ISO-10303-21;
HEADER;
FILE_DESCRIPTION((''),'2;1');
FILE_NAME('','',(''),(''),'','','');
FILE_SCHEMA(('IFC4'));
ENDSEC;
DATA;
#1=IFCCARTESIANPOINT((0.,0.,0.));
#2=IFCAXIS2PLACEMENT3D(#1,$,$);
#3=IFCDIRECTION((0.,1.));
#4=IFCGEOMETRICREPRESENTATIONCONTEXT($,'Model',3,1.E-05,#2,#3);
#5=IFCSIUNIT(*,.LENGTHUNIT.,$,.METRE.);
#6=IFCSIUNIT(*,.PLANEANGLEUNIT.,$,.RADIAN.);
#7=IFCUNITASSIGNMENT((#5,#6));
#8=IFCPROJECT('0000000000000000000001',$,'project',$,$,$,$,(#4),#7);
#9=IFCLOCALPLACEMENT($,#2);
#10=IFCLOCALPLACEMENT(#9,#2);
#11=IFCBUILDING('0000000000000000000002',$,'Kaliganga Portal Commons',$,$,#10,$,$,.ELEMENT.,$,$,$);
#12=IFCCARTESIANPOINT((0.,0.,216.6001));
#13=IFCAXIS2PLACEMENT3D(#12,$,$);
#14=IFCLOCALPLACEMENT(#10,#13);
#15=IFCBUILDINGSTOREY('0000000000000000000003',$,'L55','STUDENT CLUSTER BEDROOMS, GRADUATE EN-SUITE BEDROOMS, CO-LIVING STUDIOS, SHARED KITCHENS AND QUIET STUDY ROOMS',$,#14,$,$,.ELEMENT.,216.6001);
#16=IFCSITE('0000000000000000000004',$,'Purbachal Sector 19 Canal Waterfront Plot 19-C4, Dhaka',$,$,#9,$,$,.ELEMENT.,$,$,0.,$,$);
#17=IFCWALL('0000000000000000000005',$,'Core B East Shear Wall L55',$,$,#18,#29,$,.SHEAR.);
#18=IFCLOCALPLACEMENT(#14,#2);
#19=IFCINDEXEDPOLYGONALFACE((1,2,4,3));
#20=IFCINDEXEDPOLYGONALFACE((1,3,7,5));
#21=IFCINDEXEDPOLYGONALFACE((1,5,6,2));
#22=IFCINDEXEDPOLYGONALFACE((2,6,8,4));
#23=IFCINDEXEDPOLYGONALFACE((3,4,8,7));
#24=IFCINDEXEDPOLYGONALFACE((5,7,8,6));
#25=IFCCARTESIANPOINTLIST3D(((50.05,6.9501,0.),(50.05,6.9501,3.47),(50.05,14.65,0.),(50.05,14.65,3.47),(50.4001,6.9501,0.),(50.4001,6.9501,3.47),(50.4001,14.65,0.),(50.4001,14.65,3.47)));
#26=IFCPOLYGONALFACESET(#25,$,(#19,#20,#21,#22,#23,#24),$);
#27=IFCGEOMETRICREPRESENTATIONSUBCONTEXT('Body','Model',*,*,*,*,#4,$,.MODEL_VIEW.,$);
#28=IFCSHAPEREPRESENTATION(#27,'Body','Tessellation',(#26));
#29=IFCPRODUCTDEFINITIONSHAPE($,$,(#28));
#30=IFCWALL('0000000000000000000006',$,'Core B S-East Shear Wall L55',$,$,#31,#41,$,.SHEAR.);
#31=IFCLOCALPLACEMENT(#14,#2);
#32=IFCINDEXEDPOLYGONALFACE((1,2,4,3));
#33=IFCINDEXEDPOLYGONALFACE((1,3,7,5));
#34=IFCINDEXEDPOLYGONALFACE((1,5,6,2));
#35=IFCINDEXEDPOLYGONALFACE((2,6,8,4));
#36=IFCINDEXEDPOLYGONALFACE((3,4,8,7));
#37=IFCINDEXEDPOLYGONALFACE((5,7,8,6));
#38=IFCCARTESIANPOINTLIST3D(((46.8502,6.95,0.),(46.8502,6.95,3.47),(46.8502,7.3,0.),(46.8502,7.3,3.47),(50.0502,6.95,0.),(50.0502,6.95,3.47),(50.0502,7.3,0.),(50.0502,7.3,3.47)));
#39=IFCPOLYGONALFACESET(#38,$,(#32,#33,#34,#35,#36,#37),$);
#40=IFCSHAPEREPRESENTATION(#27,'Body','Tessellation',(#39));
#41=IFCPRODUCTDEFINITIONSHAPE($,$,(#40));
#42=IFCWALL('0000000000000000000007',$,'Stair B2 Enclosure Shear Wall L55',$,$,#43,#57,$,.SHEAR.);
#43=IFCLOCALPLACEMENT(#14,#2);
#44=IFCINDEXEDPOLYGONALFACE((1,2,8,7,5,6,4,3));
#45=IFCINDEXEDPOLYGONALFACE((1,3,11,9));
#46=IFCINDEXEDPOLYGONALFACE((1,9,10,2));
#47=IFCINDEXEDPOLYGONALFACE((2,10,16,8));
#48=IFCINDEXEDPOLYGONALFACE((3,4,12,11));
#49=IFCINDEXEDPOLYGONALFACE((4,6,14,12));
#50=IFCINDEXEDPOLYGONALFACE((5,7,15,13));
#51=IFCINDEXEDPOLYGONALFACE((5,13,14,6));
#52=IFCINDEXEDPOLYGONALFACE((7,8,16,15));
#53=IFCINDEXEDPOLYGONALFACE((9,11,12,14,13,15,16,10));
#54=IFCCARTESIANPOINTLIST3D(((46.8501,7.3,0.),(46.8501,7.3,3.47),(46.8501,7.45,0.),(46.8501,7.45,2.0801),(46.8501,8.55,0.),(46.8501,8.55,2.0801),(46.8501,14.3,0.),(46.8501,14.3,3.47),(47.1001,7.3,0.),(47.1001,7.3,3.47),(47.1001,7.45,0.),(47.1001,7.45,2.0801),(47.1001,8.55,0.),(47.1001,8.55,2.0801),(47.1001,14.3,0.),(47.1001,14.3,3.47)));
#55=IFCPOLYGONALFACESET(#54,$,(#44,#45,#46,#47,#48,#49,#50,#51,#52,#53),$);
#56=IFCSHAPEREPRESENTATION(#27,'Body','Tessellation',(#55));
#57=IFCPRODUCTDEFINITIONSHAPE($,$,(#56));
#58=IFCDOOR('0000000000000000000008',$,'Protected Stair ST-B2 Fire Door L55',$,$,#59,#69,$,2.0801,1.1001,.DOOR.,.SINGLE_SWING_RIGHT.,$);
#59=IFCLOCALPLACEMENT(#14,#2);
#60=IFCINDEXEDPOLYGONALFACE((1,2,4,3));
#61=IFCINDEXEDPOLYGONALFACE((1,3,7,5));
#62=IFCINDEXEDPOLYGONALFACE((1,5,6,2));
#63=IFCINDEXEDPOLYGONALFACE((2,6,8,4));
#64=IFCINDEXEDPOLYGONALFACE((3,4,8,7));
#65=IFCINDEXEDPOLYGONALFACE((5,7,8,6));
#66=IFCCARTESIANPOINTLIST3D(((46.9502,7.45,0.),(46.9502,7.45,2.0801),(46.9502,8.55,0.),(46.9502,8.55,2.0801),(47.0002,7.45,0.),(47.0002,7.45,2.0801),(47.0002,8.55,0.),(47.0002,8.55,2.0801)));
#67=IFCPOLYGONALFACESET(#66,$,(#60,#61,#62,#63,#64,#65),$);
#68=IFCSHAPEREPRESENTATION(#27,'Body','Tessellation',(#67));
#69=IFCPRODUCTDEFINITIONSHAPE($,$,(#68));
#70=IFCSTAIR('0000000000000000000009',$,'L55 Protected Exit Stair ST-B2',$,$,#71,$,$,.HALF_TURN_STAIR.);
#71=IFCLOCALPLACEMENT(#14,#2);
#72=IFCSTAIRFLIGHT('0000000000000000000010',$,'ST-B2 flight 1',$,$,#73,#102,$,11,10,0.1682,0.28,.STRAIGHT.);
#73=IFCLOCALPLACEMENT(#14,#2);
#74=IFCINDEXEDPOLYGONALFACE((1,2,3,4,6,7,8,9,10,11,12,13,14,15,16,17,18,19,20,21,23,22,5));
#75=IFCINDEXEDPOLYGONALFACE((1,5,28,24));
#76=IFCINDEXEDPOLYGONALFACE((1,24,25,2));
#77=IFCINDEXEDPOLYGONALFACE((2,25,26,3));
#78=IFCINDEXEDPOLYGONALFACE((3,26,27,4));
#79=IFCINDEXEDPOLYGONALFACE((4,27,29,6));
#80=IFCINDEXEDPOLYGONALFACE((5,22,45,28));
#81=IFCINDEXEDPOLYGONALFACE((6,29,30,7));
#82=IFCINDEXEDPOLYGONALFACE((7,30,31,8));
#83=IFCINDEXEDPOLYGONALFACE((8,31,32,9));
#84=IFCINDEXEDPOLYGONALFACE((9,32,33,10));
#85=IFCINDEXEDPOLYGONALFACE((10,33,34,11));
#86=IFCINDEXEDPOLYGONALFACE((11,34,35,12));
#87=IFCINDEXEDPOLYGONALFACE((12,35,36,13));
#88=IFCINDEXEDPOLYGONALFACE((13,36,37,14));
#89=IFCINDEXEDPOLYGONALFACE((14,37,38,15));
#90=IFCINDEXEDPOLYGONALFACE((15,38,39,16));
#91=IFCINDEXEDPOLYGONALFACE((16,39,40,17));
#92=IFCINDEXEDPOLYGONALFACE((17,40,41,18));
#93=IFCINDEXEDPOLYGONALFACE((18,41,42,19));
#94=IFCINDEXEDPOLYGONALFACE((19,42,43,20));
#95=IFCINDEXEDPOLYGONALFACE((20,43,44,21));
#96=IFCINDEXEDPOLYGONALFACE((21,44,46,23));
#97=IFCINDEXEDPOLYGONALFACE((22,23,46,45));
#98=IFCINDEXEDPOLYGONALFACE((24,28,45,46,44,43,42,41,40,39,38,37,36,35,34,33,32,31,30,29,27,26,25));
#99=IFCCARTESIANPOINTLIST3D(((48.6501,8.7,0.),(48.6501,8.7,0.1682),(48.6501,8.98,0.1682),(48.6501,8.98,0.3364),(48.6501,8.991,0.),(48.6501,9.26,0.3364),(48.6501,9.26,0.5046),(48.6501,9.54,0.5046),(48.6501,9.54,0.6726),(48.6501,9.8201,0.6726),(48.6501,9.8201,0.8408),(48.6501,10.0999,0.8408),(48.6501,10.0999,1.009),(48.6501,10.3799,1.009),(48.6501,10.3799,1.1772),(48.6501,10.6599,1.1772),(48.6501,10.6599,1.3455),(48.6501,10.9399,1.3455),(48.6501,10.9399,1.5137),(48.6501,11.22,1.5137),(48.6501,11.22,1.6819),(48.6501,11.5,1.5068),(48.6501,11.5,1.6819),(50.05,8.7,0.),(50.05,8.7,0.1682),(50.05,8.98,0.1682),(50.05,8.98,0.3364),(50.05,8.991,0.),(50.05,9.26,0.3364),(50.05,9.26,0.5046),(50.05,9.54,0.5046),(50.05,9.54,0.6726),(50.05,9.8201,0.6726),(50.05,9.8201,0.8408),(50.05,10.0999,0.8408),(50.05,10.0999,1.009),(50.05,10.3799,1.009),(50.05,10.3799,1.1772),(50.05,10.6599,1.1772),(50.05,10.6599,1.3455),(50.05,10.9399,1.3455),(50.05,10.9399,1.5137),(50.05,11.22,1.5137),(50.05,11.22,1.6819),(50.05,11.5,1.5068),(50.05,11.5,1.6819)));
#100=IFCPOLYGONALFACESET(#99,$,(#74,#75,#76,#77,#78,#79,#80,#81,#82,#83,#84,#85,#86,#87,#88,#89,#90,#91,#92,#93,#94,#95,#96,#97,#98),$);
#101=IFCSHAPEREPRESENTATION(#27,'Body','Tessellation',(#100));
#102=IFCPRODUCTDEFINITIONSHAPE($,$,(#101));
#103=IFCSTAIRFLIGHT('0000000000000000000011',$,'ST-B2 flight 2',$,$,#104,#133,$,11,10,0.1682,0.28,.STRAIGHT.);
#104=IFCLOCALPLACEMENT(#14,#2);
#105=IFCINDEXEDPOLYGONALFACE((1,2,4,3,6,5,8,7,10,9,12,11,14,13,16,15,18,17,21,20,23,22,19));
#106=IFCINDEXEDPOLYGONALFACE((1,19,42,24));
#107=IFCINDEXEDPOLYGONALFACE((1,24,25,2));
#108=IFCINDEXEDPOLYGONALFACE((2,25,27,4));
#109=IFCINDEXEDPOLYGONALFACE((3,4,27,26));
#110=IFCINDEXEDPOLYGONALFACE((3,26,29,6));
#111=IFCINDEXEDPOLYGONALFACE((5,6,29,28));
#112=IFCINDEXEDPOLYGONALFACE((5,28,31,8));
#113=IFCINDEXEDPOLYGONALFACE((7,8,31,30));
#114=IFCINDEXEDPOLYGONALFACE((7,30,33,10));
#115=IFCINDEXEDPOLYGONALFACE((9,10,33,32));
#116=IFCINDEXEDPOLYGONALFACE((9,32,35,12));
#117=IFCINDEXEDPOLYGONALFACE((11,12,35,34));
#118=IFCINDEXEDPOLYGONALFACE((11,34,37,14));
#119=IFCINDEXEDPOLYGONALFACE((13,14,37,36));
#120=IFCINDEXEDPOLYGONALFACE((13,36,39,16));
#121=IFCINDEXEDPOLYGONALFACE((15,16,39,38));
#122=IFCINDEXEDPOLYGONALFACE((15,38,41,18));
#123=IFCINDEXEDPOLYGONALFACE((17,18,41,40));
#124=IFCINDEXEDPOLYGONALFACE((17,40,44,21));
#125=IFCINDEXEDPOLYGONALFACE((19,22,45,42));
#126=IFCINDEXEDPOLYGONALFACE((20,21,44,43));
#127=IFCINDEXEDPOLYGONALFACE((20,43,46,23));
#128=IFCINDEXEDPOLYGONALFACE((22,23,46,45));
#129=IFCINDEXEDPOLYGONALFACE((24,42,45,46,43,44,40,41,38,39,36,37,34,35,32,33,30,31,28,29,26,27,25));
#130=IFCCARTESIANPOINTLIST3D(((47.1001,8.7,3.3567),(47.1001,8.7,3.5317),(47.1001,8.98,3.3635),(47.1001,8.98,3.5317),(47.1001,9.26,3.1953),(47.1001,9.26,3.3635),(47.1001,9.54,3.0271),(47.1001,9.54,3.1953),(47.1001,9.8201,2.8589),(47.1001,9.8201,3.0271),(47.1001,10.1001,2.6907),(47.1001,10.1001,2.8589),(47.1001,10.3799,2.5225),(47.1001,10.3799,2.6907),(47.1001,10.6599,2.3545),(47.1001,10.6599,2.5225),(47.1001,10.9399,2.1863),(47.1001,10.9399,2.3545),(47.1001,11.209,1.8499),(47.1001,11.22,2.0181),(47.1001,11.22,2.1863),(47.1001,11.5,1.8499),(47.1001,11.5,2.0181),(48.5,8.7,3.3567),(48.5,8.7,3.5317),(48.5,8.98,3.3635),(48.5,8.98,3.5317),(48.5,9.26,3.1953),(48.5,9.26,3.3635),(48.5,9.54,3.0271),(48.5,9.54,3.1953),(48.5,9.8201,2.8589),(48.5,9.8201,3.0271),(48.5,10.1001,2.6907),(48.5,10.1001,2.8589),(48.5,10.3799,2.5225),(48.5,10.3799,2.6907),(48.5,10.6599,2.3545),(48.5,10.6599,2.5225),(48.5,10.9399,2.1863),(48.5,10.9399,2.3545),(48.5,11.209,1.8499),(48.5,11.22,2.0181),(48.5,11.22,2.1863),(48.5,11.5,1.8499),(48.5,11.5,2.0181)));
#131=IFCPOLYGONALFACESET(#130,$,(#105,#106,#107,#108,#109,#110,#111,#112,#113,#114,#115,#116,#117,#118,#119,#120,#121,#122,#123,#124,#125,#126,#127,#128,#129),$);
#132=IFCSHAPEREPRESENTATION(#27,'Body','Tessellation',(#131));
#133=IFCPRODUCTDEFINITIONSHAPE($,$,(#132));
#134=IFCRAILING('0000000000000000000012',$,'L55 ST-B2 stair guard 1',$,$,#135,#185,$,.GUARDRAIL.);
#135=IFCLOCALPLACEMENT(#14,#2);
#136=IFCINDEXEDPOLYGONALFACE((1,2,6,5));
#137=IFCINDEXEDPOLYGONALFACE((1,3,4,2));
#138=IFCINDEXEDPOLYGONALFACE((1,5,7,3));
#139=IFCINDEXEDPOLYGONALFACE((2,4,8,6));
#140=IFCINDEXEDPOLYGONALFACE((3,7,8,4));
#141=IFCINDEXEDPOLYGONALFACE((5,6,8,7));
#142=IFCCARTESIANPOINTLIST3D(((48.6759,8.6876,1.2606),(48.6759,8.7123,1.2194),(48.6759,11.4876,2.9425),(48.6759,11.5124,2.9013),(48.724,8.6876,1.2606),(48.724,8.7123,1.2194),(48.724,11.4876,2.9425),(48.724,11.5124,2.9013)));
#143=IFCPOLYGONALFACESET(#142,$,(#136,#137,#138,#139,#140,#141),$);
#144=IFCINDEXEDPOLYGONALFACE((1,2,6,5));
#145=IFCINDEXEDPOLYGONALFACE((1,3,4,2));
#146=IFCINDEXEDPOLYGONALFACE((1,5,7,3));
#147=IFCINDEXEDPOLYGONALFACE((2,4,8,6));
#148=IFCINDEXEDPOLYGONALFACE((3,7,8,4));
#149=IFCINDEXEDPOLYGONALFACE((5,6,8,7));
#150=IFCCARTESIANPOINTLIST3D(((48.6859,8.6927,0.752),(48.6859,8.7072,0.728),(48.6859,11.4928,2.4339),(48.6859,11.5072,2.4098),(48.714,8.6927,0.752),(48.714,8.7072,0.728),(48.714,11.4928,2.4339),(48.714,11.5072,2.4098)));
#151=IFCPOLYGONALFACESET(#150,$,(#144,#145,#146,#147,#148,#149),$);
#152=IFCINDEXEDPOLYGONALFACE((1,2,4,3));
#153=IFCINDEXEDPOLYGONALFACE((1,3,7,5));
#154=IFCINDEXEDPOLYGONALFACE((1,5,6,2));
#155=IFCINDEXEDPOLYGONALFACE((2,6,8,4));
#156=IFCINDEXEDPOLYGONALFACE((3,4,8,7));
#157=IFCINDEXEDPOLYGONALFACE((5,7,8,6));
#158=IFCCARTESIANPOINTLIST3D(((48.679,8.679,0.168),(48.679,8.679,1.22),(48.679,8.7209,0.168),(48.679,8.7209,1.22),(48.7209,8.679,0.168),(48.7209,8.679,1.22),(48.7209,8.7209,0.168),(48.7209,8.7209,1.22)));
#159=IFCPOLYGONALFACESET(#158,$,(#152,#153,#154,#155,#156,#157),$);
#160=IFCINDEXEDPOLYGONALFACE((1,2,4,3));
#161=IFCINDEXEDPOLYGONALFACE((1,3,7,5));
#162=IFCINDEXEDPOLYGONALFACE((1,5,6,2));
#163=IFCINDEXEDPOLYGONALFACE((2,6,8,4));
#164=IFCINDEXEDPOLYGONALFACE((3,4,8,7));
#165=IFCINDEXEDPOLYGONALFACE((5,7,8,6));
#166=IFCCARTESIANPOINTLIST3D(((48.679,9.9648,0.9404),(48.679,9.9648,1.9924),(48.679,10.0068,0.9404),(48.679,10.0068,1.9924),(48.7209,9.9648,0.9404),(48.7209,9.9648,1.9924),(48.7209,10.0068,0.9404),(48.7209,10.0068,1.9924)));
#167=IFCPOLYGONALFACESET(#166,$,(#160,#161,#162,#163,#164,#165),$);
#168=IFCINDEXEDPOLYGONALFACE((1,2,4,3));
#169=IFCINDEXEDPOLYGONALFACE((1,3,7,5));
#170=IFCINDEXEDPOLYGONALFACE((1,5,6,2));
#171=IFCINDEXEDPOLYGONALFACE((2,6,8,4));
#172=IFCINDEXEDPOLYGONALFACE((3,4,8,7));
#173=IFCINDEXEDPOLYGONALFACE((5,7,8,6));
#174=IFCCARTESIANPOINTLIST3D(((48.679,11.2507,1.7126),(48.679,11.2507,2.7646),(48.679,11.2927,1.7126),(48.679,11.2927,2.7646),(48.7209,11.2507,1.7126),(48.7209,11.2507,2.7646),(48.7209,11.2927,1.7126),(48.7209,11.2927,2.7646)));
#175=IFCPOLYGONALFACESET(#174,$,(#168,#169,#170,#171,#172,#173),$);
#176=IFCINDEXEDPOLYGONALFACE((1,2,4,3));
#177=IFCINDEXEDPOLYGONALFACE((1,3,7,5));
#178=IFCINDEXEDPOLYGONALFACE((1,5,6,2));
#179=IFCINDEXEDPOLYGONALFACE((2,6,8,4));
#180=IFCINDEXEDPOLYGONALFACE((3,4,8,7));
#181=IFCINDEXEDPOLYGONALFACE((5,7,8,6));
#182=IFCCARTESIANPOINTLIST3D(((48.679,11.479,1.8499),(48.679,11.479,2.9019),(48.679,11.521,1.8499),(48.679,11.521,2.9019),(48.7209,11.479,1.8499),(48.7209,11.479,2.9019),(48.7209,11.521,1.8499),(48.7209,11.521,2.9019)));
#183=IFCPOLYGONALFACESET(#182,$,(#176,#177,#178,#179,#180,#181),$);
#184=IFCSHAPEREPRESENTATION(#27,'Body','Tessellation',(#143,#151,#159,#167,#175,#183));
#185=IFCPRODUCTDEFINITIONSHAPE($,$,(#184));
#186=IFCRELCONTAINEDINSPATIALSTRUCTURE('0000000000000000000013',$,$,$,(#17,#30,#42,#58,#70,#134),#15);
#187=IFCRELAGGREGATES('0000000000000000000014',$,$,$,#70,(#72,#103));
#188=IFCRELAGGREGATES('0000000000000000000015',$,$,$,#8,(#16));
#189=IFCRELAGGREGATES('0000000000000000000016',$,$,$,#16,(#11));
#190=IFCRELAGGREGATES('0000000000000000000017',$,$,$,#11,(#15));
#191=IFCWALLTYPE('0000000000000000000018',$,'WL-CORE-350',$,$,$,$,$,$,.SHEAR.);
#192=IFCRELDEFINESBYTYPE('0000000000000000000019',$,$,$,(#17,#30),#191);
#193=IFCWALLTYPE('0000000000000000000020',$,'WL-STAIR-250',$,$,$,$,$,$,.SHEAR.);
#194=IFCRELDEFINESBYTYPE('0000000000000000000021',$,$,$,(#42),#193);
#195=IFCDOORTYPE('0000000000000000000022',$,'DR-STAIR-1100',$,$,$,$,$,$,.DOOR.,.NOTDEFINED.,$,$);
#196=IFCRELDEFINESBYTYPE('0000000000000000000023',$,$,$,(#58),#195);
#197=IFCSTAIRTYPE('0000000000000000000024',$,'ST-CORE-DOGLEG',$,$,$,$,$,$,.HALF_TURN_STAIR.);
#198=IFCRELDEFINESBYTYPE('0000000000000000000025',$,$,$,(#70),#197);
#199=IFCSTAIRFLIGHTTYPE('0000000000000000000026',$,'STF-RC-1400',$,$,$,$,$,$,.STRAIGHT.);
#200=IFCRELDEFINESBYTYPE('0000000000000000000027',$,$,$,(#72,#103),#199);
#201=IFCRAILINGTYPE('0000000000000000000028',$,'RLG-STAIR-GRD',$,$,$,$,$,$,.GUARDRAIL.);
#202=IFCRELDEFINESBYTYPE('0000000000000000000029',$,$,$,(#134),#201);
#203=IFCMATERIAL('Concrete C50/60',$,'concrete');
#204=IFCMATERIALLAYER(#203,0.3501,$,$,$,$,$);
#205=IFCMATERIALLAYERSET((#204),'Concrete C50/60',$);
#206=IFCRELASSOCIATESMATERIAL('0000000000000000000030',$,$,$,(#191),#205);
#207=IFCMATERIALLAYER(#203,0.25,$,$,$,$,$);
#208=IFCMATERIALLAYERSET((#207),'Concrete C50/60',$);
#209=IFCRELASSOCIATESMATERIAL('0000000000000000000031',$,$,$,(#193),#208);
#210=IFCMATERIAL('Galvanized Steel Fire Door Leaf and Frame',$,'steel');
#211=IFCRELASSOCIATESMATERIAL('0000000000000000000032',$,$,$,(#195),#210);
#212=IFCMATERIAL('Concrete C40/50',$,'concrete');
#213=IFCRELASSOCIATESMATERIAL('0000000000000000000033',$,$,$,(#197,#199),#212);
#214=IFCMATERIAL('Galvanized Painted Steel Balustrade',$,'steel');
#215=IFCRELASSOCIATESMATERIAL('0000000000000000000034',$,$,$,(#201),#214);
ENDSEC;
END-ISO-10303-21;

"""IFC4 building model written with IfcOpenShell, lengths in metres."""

from ifc_helpers import new_model, si_unit, direction, frame, frame_2d, origin, origin_2d, place, context, subcontext, project, spatial, polyline, rectangle, outline, extrude, material, layer, layer_set, type_object, element, fill, aggregate, save


model = new_model("IFC4")

# Units and contexts
model_context = context("Model", 3, precision=1e-05, world=origin(), true_north=direction((0.0, 1.0)))
body_context = subcontext(model_context, "Body", "Model", "MODEL_VIEW")
ifc_project = project(units=[si_unit("LENGTHUNIT", "METRE"), si_unit("PLANEANGLEUNIT", "RADIAN")], contexts=[model_context])

# Site, building, storey
site_placement = place(None, origin())
site = spatial("IfcSite", under=ifc_project, at=site_placement, Name="Purbachal Sector 19 Canal Waterfront Plot 19-C4, Dhaka", CompositionType="ELEMENT", RefElevation=0.0)
building_placement = place(site_placement, origin())
building = spatial("IfcBuilding", under=site, at=building_placement, Name="Kaliganga Portal Commons", CompositionType="ELEMENT")
storey_placement = place(building_placement, frame((0.0, 0.0, 216.6001)))
storey = spatial("IfcBuildingStorey", under=building, at=storey_placement, Name="L55", Description="STUDENT CLUSTER BEDROOMS, GRADUATE EN-SUITE BEDROOMS, CO-LIVING STUDIOS, SHARED KITCHENS AND QUIET STUDY ROOMS", CompositionType="ELEMENT", Elevation=216.6001)

# Walls
ifc_material_1 = material(Name="Concrete C50/60", Category="concrete")
ifc_layer_1 = layer(ifc_material_1, 0.3501)
ifc_layer_set_1 = layer_set([ifc_layer_1], Name="Concrete C50/60")
wall_type_1 = type_object("IfcWallType", Name="WL-CORE-350", PredefinedType="SHEAR", material=ifc_layer_set_1)
wall_1_placement = place(storey_placement, frame((50.2251, 6.95, 0.0), z_axis=(0.0, 0.0, 1.0), x_axis=(0.0, 1.0, 0.0)))
element("IfcWall", 1, at=wall_1_placement, inside=storey, type_object=wall_type_1, Name="Core B East Shear Wall L55", PredefinedType="SHEAR", context=body_context, shape_type="SweptSolid", body=[
    extrude(rectangle(XDim=7.7, YDim=0.3501, at=frame_2d((3.8501, 0.0))), origin(), (0.0, 0.0, 1.0), 3.47),
])
wall_2_placement = place(storey_placement, frame((46.8501, 7.125, 0.0), z_axis=(0.0, 0.0, 1.0), x_axis=(1.0, 0.0, 0.0)))
element("IfcWall", 2, at=wall_2_placement, inside=storey, type_object=wall_type_1, Name="Core B S-East Shear Wall L55", PredefinedType="SHEAR", context=body_context, shape_type="SweptSolid", body=[
    extrude(rectangle(XDim=3.2, YDim=0.3501, at=frame_2d((1.6001, 0.0))), origin(), (0.0, 0.0, 1.0), 3.47),
])

# Wall, opening, door
ifc_layer_2 = layer(ifc_material_1, 0.25)
ifc_layer_set_2 = layer_set([ifc_layer_2], Name="Concrete C50/60")
wall_type_2 = type_object("IfcWallType", Name="WL-STAIR-250", PredefinedType="SHEAR", material=ifc_layer_set_2)
wall_3_placement = place(storey_placement, frame((46.9751, 7.3, 0.0), z_axis=(0.0, 0.0, 1.0), x_axis=(0.0, 1.0, 0.0)))
wall_3 = element("IfcWall", 3, at=wall_3_placement, inside=storey, type_object=wall_type_2, Name="Stair B2 Enclosure Shear Wall L55", PredefinedType="SHEAR", context=body_context, shape_type="SweptSolid", body=[
    extrude(rectangle(XDim=7.0, YDim=0.25, at=frame_2d((3.5, 0.0))), origin(), (0.0, 0.0, 1.0), 3.47),
])
opening_placement = place(wall_3_placement, frame((0.1499, 0.0, 0.0)))
opening = element("IfcOpeningElement", 4, at=opening_placement, cuts=wall_3, PredefinedType="OPENING", context=body_context, shape_type="SweptSolid", body=[
    extrude(rectangle(XDim=1.1001, YDim=2.0801, at=frame_2d((0.55, 1.04))), frame((0.0, 0.135, 0.0), z_axis=(0.0, -1.0, 0.0), x_axis=(1.0, 0.0, 0.0)), (0.0, 0.0, 1.0), 0.27),
])
ifc_material_2 = material(Name="Galvanized Steel Fire Door Leaf and Frame", Category="steel")
door_type = type_object("IfcDoorType", Name="DR-STAIR-1100", OperationType="NOTDEFINED", PredefinedType="DOOR", material=ifc_material_2)
door_placement = place(opening_placement, origin())
door = element("IfcDoor", 5, at=door_placement, inside=storey, type_object=door_type, Name="Protected Stair ST-B2 Fire Door L55", OperationType="SINGLE_SWING_RIGHT", OverallHeight=2.0801, OverallWidth=1.1001, PredefinedType="DOOR", context=body_context, shape_type="SweptSolid", body=[
    extrude(rectangle(XDim=1.1001, YDim=2.0801, at=frame_2d((0.55, 1.04))), frame((0.0, 0.0249, 0.0), z_axis=(0.0, -1.0, 0.0), x_axis=(1.0, 0.0, 0.0)), (0.0, 0.0, 1.0), 0.05),
])
fill(opening, door)

# Stair, stair flights
ifc_material_3 = material(Name="Concrete C40/50", Category="concrete")
stair_type = type_object("IfcStairType", Name="ST-CORE-DOGLEG", PredefinedType="HALF_TURN_STAIR", material=ifc_material_3)
stair_placement = place(storey_placement, origin())
stair = element("IfcStair", 6, at=stair_placement, inside=storey, type_object=stair_type, Name="L55 Protected Exit Stair ST-B2", PredefinedType="HALF_TURN_STAIR")
stair_flight_type = type_object("IfcStairFlightType", Name="STF-RC-1400", PredefinedType="STRAIGHT", material=ifc_material_3)
stair_flight_1_placement = place(storey_placement, frame((49.3501, 8.7, 0.0), z_axis=(0.0, 0.0, 1.0), x_axis=(0.0, 1.0, 0.0)))
stair_flight_1 = element("IfcStairFlight", 7, at=stair_flight_1_placement, type_object=stair_flight_type, Name="ST-B2 flight 1", NumberOfRisers=11, NumberOfTreads=10, PredefinedType="STRAIGHT", RiserHeight=0.1682, TreadLength=0.28, context=body_context, shape_type="SweptSolid", body=[
    extrude(outline(polyline([(0.0, 0.0), (0.0, 0.1682), (0.28, 0.1682), (0.28, 0.3364), (0.5601, 0.3364), (0.5601, 0.5046), (0.8401, 0.5046), (0.8401, 0.6726), (1.1201, 0.6726), (1.1201, 0.8408), (1.3999, 0.8408), (1.3999, 1.009), (1.6799, 1.009), (1.6799, 1.1772), (1.96, 1.1772), (1.96, 1.3455), (2.24, 1.3455), (2.24, 1.5137), (2.52, 1.5137), (2.52, 1.6819), (2.8, 1.6819), (2.8, 1.8501), (2.8, 1.5068), (0.291, 0.0), (0.0, 0.0)])), frame((0.0, 0.7, 0.0), z_axis=(0.0, -1.0, 0.0), x_axis=(1.0, 0.0, 0.0)), (0.0, 0.0, 1.0), 1.3999),
])
stair_flight_2_placement = place(storey_placement, frame((47.8, 11.5, 1.8499), z_axis=(0.0, 0.0, 1.0), x_axis=(0.0, -1.0, 0.0)))
stair_flight_2 = element("IfcStairFlight", 8, at=stair_flight_2_placement, type_object=stair_flight_type, Name="ST-B2 flight 2", NumberOfRisers=11, NumberOfTreads=10, PredefinedType="STRAIGHT", RiserHeight=0.1682, TreadLength=0.28, context=body_context, shape_type="SweptSolid", body=[
    extrude(outline(polyline([(0.0, 0.0), (0.0, 0.1682), (0.28, 0.1682), (0.28, 0.3364), (0.5601, 0.3364), (0.5601, 0.5046), (0.8401, 0.5046), (0.8401, 0.6726), (1.1201, 0.6726), (1.1201, 0.8408), (1.3999, 0.8408), (1.3999, 1.009), (1.6799, 1.009), (1.6799, 1.1772), (1.96, 1.1772), (1.96, 1.3455), (2.24, 1.3455), (2.24, 1.5137), (2.52, 1.5137), (2.52, 1.6819), (2.8, 1.6819), (2.8, 1.8501), (2.8, 1.5068), (0.291, 0.0), (0.0, 0.0)])), frame((0.0, 0.7, 0.0), z_axis=(0.0, -1.0, 0.0), x_axis=(1.0, 0.0, 0.0)), (0.0, 0.0, 1.0), 1.3999),
])
aggregate(stair, [stair_flight_1, stair_flight_2])

# Railing
ifc_material_4 = material(Name="Galvanized Painted Steel Balustrade", Category="steel")
railing_type_1 = type_object("IfcRailingType", Name="RLG-STAIR-GRD", PredefinedType="GUARDRAIL", material=ifc_material_4)
railing_1_placement = place(storey_placement, frame((48.7, 8.7, 0.168)))
element("IfcRailing", 9, at=railing_1_placement, inside=storey, type_object=railing_type_1, Name="L55 ST-B2 stair guard 1", PredefinedType="GUARDRAIL", context=body_context, shape_type="SweptSolid", body=[
    extrude(rectangle(XDim=0.0481, YDim=0.0481, at=origin_2d()), frame((0.0, 0.0, 1.072), z_axis=(0.0, 0.857242, 0.514913), x_axis=(-1.0, 0.0, 0.0)), (0.0, 0.0, 1.0), 3.2664),
    extrude(rectangle(XDim=0.0281, YDim=0.0281, at=origin_2d()), frame((0.0, 0.0, 0.572), z_axis=(0.0, 0.857242, 0.514913), x_axis=(-1.0, 0.0, 0.0)), (0.0, 0.0, 1.0), 3.2664),
    extrude(rectangle(XDim=0.042, YDim=0.042, at=origin_2d()), origin(), (0.0, 0.0, 1.0), 1.052),
    extrude(rectangle(XDim=0.042, YDim=0.042, at=origin_2d()), frame((0.0, 1.2859, 0.7725)), (0.0, 0.0, 1.0), 1.052),
    extrude(rectangle(XDim=0.042, YDim=0.042, at=origin_2d()), frame((0.0, 2.5718, 1.5447)), (0.0, 0.0, 1.0), 1.052),
    extrude(rectangle(XDim=0.042, YDim=0.042, at=origin_2d()), frame((0.0, 2.8, 1.6819)), (0.0, 0.0, 1.0), 1.052),
])

save(model, "model.ifc")
